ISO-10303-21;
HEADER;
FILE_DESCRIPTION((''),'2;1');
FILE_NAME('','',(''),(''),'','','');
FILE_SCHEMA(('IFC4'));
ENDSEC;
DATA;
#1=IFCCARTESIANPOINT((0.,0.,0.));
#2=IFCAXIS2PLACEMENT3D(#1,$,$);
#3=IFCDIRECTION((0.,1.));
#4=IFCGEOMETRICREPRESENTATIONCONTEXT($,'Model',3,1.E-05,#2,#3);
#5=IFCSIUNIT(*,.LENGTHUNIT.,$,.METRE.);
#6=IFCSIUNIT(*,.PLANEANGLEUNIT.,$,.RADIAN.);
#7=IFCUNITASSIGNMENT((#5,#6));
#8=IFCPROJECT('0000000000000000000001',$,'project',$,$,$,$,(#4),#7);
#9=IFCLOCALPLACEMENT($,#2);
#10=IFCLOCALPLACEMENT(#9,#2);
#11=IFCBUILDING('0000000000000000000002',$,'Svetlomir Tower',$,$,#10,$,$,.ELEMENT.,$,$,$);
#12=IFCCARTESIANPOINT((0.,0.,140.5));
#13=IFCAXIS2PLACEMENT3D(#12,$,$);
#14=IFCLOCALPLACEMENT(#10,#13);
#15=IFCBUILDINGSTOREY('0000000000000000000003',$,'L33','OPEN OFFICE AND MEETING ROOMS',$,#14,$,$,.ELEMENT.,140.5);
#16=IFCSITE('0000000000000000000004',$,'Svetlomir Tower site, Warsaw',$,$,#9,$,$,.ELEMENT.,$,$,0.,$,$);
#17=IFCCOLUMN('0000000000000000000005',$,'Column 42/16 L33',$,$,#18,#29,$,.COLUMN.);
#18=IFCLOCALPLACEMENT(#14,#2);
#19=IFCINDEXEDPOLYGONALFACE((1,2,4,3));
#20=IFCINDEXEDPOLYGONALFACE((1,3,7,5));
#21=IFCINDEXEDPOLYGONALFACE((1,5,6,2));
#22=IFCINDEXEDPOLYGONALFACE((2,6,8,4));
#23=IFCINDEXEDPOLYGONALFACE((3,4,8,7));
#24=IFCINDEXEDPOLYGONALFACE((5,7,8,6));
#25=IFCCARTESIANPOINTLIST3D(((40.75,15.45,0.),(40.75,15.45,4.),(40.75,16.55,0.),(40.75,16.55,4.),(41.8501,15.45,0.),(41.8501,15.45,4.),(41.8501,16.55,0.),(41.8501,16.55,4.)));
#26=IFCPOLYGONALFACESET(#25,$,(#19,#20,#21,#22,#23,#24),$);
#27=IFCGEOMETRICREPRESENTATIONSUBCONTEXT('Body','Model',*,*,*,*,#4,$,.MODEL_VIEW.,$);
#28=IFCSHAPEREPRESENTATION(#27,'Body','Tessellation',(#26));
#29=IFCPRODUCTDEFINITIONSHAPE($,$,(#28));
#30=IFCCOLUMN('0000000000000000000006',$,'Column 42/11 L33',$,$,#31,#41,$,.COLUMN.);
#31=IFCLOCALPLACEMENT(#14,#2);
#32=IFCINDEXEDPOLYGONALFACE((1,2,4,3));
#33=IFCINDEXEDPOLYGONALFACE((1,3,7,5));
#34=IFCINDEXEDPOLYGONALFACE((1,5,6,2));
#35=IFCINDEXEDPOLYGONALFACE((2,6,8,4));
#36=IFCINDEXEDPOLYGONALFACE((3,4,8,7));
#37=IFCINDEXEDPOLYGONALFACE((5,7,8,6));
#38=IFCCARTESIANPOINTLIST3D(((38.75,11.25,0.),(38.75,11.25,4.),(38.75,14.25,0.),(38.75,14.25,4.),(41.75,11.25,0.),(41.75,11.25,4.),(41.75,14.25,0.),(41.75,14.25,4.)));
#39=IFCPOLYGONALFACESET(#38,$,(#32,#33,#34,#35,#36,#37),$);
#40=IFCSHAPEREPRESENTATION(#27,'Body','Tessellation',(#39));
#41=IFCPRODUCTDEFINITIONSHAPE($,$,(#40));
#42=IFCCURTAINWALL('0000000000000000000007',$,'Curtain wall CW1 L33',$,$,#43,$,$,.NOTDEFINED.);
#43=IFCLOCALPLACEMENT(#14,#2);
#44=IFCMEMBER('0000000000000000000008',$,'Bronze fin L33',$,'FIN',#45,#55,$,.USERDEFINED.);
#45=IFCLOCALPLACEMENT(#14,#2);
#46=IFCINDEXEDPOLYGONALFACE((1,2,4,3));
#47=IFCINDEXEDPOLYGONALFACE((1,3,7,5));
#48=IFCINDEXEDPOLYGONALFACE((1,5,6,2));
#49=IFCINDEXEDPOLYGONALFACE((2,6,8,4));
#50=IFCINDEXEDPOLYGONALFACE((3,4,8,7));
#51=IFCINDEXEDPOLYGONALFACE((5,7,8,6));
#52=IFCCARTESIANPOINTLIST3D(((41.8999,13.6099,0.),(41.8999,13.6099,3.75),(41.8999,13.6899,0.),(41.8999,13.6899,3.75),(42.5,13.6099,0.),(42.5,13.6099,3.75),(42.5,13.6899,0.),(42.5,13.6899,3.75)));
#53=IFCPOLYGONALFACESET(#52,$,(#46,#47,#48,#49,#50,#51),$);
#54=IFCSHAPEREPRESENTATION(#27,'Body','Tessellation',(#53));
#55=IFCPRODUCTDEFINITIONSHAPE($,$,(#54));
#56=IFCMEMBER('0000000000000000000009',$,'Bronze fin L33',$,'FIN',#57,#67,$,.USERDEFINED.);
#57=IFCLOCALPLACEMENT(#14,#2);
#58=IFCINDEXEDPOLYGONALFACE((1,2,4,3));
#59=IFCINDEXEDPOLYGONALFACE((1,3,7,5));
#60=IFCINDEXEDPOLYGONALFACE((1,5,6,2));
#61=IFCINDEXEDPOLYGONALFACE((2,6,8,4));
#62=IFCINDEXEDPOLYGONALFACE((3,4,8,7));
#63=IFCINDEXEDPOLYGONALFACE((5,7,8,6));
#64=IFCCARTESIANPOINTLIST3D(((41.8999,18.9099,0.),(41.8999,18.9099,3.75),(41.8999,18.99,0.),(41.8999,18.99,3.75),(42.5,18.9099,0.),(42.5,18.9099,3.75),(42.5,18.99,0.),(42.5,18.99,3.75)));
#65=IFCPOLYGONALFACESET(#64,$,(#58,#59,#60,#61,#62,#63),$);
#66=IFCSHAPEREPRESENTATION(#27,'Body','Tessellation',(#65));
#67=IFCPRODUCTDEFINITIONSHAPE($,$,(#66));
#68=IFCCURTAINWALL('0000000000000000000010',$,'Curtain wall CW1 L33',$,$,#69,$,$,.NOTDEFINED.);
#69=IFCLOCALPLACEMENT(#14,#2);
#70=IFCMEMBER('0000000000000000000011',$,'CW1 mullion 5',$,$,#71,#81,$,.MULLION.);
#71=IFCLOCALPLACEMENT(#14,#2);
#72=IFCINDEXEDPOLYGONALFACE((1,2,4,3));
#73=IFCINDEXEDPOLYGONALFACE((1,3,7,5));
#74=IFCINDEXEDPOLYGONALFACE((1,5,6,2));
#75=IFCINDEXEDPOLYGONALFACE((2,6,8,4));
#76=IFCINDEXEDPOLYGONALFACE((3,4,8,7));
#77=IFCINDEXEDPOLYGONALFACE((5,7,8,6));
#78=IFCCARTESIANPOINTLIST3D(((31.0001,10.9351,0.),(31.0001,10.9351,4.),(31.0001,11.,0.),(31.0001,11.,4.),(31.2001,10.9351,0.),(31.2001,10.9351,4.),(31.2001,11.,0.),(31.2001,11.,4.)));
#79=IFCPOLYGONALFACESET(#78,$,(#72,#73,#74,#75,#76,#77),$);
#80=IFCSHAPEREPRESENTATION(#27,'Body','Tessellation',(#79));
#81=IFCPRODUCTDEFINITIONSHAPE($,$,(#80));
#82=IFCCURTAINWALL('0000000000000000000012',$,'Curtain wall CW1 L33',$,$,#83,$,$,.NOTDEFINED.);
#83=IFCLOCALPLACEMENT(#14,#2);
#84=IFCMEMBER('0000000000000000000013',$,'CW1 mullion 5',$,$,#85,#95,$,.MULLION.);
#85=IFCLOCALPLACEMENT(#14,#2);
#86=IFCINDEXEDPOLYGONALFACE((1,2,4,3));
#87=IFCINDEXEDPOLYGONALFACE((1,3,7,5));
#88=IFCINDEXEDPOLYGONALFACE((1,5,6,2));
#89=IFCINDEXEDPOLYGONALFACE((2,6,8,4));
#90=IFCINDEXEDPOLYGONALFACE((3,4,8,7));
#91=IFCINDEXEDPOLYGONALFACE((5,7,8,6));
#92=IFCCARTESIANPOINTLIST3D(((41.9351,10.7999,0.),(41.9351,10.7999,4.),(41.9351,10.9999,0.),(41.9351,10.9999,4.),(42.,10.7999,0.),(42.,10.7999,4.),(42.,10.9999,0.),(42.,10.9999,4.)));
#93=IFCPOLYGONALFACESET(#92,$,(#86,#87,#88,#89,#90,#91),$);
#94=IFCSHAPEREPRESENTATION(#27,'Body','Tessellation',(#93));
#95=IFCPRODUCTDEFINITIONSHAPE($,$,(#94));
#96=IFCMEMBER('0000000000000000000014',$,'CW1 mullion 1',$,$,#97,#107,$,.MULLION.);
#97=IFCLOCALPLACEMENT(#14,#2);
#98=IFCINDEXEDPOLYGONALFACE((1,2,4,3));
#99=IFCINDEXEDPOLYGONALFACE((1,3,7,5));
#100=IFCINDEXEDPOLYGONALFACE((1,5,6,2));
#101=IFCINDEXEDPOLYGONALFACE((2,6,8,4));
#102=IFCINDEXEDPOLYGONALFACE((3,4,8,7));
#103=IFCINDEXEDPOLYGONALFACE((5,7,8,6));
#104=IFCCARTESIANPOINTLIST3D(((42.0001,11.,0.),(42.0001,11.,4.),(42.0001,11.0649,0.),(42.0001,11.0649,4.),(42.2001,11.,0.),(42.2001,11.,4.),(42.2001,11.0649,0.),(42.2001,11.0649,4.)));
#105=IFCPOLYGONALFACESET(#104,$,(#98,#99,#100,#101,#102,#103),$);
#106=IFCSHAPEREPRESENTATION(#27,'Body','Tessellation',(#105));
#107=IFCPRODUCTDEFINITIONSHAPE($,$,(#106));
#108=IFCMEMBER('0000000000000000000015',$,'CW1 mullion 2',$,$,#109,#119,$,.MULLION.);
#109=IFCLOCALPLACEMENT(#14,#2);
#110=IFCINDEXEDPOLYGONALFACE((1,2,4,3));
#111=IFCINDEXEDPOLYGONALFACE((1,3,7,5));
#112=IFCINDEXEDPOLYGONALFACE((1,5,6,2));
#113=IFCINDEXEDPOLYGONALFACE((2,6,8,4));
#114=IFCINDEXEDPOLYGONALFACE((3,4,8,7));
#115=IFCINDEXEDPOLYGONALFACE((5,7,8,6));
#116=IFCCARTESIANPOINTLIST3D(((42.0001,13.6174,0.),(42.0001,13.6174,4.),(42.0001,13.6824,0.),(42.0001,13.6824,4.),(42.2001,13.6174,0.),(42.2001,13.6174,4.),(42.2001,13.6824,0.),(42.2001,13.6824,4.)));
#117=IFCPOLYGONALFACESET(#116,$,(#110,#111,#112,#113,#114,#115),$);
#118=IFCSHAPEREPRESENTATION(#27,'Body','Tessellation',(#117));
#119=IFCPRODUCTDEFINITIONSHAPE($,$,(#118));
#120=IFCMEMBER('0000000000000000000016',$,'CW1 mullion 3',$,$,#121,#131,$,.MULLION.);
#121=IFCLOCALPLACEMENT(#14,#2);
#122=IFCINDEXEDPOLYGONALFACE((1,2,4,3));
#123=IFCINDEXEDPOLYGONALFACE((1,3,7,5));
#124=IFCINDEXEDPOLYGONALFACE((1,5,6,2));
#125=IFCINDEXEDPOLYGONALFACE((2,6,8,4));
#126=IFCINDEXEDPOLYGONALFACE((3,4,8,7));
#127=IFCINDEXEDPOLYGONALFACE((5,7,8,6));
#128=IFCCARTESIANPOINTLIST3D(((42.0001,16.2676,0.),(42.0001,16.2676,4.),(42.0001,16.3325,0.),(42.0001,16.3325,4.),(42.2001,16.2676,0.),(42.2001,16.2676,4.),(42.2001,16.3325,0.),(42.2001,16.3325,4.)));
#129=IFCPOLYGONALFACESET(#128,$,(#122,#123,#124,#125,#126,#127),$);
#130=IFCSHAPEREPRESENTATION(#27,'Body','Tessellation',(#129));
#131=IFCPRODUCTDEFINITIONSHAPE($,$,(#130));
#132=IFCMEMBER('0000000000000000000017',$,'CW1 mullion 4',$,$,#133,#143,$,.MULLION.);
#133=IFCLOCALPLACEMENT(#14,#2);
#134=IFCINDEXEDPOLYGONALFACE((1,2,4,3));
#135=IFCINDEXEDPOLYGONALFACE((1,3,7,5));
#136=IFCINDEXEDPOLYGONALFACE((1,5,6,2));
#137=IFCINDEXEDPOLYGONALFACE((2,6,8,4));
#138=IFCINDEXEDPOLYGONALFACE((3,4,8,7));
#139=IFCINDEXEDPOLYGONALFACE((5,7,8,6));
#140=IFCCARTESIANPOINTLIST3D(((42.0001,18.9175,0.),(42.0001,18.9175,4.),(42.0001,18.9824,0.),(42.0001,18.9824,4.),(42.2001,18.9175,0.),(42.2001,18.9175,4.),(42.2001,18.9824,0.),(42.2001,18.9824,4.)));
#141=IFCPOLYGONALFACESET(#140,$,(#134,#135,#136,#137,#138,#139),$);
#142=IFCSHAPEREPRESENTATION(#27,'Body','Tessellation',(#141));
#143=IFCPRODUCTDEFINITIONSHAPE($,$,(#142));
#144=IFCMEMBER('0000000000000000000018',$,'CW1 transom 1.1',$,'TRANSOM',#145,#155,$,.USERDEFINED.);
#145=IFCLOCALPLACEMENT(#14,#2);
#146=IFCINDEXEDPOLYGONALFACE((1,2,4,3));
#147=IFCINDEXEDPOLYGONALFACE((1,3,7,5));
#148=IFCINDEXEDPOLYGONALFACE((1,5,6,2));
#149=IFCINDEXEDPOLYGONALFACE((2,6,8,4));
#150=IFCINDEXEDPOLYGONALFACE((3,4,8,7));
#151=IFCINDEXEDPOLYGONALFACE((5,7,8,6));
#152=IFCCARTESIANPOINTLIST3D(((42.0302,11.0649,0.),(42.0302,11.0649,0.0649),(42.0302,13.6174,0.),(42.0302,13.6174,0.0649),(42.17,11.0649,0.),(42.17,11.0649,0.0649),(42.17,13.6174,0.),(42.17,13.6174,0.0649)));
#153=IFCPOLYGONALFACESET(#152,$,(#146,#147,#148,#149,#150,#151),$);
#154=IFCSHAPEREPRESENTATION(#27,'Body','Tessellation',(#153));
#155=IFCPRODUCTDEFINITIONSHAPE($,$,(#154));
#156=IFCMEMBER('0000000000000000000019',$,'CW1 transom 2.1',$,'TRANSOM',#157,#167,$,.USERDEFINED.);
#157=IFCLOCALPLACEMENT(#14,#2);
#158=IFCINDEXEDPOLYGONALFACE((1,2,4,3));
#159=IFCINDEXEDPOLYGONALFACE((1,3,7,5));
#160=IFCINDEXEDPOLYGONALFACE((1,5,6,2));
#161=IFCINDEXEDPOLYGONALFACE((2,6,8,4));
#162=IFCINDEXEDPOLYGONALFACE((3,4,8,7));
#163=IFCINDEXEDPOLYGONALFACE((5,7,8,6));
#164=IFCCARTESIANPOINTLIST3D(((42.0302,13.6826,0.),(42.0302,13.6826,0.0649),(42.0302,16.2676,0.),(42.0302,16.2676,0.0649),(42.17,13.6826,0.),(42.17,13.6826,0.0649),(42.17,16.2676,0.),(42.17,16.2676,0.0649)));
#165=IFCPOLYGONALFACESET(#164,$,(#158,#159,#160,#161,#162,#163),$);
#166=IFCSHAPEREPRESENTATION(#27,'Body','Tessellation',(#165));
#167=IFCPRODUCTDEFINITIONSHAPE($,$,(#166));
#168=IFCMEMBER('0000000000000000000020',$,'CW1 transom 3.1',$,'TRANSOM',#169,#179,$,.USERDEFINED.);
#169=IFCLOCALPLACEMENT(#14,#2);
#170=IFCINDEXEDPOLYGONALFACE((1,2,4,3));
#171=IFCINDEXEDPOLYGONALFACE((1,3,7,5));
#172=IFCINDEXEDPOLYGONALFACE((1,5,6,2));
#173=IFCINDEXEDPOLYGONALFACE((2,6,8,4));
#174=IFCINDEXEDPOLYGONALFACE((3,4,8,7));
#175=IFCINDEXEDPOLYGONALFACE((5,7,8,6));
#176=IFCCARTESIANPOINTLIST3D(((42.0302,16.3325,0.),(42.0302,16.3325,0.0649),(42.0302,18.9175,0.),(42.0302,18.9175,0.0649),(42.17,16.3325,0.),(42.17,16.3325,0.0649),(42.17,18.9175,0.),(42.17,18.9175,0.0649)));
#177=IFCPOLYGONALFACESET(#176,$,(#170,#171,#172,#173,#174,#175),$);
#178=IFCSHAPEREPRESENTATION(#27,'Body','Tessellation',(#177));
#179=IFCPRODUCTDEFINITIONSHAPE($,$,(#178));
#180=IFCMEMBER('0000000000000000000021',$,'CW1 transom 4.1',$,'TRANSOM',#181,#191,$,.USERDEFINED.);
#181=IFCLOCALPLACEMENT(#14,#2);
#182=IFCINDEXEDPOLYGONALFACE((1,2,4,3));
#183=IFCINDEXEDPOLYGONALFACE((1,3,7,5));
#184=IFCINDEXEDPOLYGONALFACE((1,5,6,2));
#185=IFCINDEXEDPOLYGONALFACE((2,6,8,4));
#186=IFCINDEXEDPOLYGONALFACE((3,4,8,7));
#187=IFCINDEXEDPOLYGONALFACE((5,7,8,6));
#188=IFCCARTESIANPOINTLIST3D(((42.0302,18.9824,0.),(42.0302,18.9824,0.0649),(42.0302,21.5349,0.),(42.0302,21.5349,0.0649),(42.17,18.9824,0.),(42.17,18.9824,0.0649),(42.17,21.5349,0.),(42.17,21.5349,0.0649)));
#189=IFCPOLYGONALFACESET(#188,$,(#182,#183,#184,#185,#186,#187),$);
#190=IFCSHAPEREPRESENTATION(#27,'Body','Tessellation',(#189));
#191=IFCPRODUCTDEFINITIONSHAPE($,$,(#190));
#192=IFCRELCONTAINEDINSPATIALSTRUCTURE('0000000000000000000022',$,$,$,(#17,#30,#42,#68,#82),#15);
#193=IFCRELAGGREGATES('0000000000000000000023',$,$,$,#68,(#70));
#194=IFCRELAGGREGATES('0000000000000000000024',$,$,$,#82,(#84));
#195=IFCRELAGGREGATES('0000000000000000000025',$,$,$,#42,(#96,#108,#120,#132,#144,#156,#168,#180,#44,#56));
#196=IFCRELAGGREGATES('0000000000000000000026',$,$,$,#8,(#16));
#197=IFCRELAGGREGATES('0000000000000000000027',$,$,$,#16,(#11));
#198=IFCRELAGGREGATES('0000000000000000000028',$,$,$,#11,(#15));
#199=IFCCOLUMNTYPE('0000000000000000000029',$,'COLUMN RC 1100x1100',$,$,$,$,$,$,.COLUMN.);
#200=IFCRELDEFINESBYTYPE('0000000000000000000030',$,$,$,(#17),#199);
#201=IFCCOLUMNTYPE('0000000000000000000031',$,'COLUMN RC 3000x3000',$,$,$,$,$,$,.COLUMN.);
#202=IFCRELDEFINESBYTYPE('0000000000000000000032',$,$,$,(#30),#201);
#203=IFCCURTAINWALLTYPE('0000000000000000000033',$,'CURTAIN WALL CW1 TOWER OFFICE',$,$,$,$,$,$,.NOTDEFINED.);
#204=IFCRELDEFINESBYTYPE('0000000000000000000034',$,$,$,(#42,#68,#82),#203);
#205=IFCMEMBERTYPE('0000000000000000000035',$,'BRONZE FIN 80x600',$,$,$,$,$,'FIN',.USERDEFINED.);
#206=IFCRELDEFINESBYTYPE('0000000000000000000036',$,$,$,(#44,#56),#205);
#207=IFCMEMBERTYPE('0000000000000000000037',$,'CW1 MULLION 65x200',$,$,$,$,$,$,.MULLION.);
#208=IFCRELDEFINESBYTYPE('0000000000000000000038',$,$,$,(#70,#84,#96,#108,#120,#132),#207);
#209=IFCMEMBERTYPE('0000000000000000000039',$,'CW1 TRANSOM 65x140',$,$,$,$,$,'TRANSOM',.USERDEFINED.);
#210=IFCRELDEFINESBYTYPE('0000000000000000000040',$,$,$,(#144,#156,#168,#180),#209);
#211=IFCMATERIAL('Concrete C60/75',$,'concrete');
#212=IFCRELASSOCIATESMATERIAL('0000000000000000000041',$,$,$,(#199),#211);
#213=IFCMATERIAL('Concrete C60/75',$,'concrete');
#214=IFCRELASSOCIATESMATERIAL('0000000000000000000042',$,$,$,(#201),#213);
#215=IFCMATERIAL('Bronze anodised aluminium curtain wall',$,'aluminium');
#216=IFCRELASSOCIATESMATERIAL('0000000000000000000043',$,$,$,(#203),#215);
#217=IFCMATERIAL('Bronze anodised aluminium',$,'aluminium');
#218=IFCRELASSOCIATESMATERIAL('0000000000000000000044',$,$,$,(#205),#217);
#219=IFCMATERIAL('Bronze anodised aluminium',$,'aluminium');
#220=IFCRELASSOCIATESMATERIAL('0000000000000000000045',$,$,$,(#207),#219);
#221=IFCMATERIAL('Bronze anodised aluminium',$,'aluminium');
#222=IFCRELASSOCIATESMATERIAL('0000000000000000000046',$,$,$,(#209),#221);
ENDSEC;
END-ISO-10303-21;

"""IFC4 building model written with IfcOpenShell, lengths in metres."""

from ifc_helpers import new_model, si_unit, direction, frame, origin, origin_2d, place, context, subcontext, project, spatial, rectangle, extrude, material, material_profile, profile_set, type_object, element, aggregate, save


model = new_model("IFC4")

# Units and contexts
model_context = context("Model", 3, precision=1e-05, world=origin(), true_north=direction((0.0, 1.0)))
body_context = subcontext(model_context, "Body", "Model", "MODEL_VIEW")
ifc_project = project(units=[si_unit("LENGTHUNIT", "METRE"), si_unit("PLANEANGLEUNIT", "RADIAN")], contexts=[model_context])

# Site, building, storey
site_placement = place(None, origin())
site = spatial("IfcSite", under=ifc_project, at=site_placement, Name="Svetlomir Tower site, Warsaw", CompositionType="ELEMENT", RefElevation=0.0)
building_placement = place(site_placement, origin())
building = spatial("IfcBuilding", under=site, at=building_placement, Name="Svetlomir Tower", CompositionType="ELEMENT")
storey_placement = place(building_placement, frame((0.0, 0.0, 140.5)))
storey = spatial("IfcBuildingStorey", under=building, at=storey_placement, Name="L33", Description="OPEN OFFICE AND MEETING ROOMS", CompositionType="ELEMENT", Elevation=140.5)

# Columns
ifc_material_1 = material(Name="Concrete C60/75", Category="concrete")
ifc_material_profile_1 = material_profile(ifc_material_1, rectangle(XDim=1.1001, YDim=1.1001, at=origin_2d()), Name="RC 1100x1100")
ifc_profile_set_1 = profile_set([ifc_material_profile_1], Name="Concrete C60/75")
column_type_1 = type_object("IfcColumnType", Name="COLUMN RC 1100x1100", PredefinedType="COLUMN", material=ifc_profile_set_1)
column_1_placement = place(storey_placement, frame((41.3, 16.0, 0.0), z_axis=(0.0, 0.0, 1.0), x_axis=(1.0, 0.0, 0.0)))
element("IfcColumn", 1, at=column_1_placement, inside=storey, type_object=column_type_1, Name="Column 42/16 L33", PredefinedType="COLUMN", context=body_context, shape_type="SweptSolid", body=[
    extrude(rectangle(XDim=1.1001, YDim=1.1001, at=origin_2d()), origin(), (0.0, 0.0, 1.0), 4.0),
])
ifc_material_2 = material(Name="Concrete C60/75", Category="concrete")
ifc_material_profile_2 = material_profile(ifc_material_2, rectangle(XDim=3.0, YDim=3.0, at=origin_2d()), Name="RC 3000x3000")
ifc_profile_set_2 = profile_set([ifc_material_profile_2], Name="Concrete C60/75")
column_type_2 = type_object("IfcColumnType", Name="COLUMN RC 3000x3000", PredefinedType="COLUMN", material=ifc_profile_set_2)
column_2_placement = place(storey_placement, frame((40.25, 12.75, 0.0), z_axis=(0.0, 0.0, 1.0), x_axis=(1.0, 0.0, 0.0)))
element("IfcColumn", 2, at=column_2_placement, inside=storey, type_object=column_type_2, Name="Column 42/11 L33", PredefinedType="COLUMN", context=body_context, shape_type="SweptSolid", body=[
    extrude(rectangle(XDim=3.0, YDim=3.0, at=origin_2d()), origin(), (0.0, 0.0, 1.0), 4.0),
])

# Curtain wall, members
ifc_material_3 = material(Name="Bronze anodised aluminium curtain wall", Category="aluminium")
curtain_wall_type = type_object("IfcCurtainWallType", Name="CURTAIN WALL CW1 TOWER OFFICE", PredefinedType="NOTDEFINED", material=ifc_material_3)
curtain_wall_1_placement = place(storey_placement, origin())
curtain_wall_1 = element("IfcCurtainWall", 3, at=curtain_wall_1_placement, inside=storey, type_object=curtain_wall_type, Name="Curtain wall CW1 L33", PredefinedType="NOTDEFINED")
ifc_material_4 = material(Name="Bronze anodised aluminium", Category="aluminium")
ifc_material_profile_3 = material_profile(ifc_material_4, rectangle(XDim=0.0801, YDim=0.6001, at=origin_2d()), Name="FIN 80x600")
ifc_profile_set_3 = profile_set([ifc_material_profile_3], Name="Bronze anodised aluminium 6063-T6")
member_type_1 = type_object("IfcMemberType", Name="BRONZE FIN 80x600", ElementType="FIN", PredefinedType="USERDEFINED", material=ifc_profile_set_3)
member_1_placement = place(storey_placement, frame((42.2, 13.6499, 0.0), z_axis=(0.0, 0.0, 1.0), x_axis=(0.0, 1.0, 0.0)))
member_1 = element("IfcMember", 4, at=member_1_placement, type_object=member_type_1, Name="Bronze fin L33", ObjectType="FIN", PredefinedType="USERDEFINED", context=body_context, shape_type="SweptSolid", body=[
    extrude(rectangle(XDim=0.0801, YDim=0.6001, at=origin_2d()), origin(), (0.0, 0.0, 1.0), 3.75),
])
member_2_placement = place(storey_placement, frame((42.2, 18.95, 0.0), z_axis=(0.0, 0.0, 1.0), x_axis=(0.0, 1.0, 0.0)))
member_2 = element("IfcMember", 5, at=member_2_placement, type_object=member_type_1, Name="Bronze fin L33", ObjectType="FIN", PredefinedType="USERDEFINED", context=body_context, shape_type="SweptSolid", body=[
    extrude(rectangle(XDim=0.0801, YDim=0.6001, at=origin_2d()), origin(), (0.0, 0.0, 1.0), 3.75),
])

# Curtain walls, members
curtain_wall_2_placement = place(storey_placement, origin())
curtain_wall_2 = element("IfcCurtainWall", 6, at=curtain_wall_2_placement, inside=storey, type_object=curtain_wall_type, Name="Curtain wall CW1 L33", PredefinedType="NOTDEFINED")
ifc_material_5 = material(Name="Bronze anodised aluminium", Category="aluminium")
ifc_material_profile_4 = material_profile(ifc_material_5, rectangle(XDim=0.0649, YDim=0.2, at=origin_2d()), Name="AL 65x200")
ifc_profile_set_4 = profile_set([ifc_material_profile_4], Name="Bronze anodised aluminium 6063-T6")
member_type_2 = type_object("IfcMemberType", Name="CW1 MULLION 65x200", PredefinedType="MULLION", material=ifc_profile_set_4)
member_3_placement = place(storey_placement, frame((31.1001, 10.9675, 0.0), z_axis=(0.0, 0.0, 1.0), x_axis=(0.0, 1.0, 0.0)))
member_3 = element("IfcMember", 7, at=member_3_placement, type_object=member_type_2, Name="CW1 mullion 5", PredefinedType="MULLION", context=body_context, shape_type="SweptSolid", body=[
    extrude(rectangle(XDim=0.0649, YDim=0.2, at=origin_2d()), origin(), (0.0, 0.0, 1.0), 4.0),
])
aggregate(curtain_wall_2, [member_3])
curtain_wall_3_placement = place(storey_placement, origin())
curtain_wall_3 = element("IfcCurtainWall", 8, at=curtain_wall_3_placement, inside=storey, type_object=curtain_wall_type, Name="Curtain wall CW1 L33", PredefinedType="NOTDEFINED")
member_4_placement = place(storey_placement, frame((41.9675, 10.8999, 0.0), z_axis=(0.0, 0.0, 1.0), x_axis=(1.0, 0.0, 0.0)))
member_4 = element("IfcMember", 9, at=member_4_placement, type_object=member_type_2, Name="CW1 mullion 5", PredefinedType="MULLION", context=body_context, shape_type="SweptSolid", body=[
    extrude(rectangle(XDim=0.0649, YDim=0.2, at=origin_2d()), origin(), (0.0, 0.0, 1.0), 4.0),
])

# Members
member_5_placement = place(storey_placement, frame((42.1001, 11.0325, 0.0), z_axis=(0.0, 0.0, 1.0), x_axis=(0.0, 1.0, 0.0)))
member_5 = element("IfcMember", 10, at=member_5_placement, type_object=member_type_2, Name="CW1 mullion 1", PredefinedType="MULLION", context=body_context, shape_type="SweptSolid", body=[
    extrude(rectangle(XDim=0.0649, YDim=0.2, at=origin_2d()), origin(), (0.0, 0.0, 1.0), 4.0),
])
member_6_placement = place(storey_placement, frame((42.1001, 13.6499, 0.0), z_axis=(0.0, 0.0, 1.0), x_axis=(0.0, 1.0, 0.0)))
member_6 = element("IfcMember", 11, at=member_6_placement, type_object=member_type_2, Name="CW1 mullion 2", PredefinedType="MULLION", context=body_context, shape_type="SweptSolid", body=[
    extrude(rectangle(XDim=0.0649, YDim=0.2, at=origin_2d()), origin(), (0.0, 0.0, 1.0), 4.0),
])
member_7_placement = place(storey_placement, frame((42.1001, 16.3, 0.0), z_axis=(0.0, 0.0, 1.0), x_axis=(0.0, 1.0, 0.0)))
member_7 = element("IfcMember", 12, at=member_7_placement, type_object=member_type_2, Name="CW1 mullion 3", PredefinedType="MULLION", context=body_context, shape_type="SweptSolid", body=[
    extrude(rectangle(XDim=0.0649, YDim=0.2, at=origin_2d()), origin(), (0.0, 0.0, 1.0), 4.0),
])
member_8_placement = place(storey_placement, frame((42.1001, 18.95, 0.0), z_axis=(0.0, 0.0, 1.0), x_axis=(0.0, 1.0, 0.0)))
member_8 = element("IfcMember", 13, at=member_8_placement, type_object=member_type_2, Name="CW1 mullion 4", PredefinedType="MULLION", context=body_context, shape_type="SweptSolid", body=[
    extrude(rectangle(XDim=0.0649, YDim=0.2, at=origin_2d()), origin(), (0.0, 0.0, 1.0), 4.0),
])
ifc_material_6 = material(Name="Bronze anodised aluminium", Category="aluminium")
ifc_material_profile_5 = material_profile(ifc_material_6, rectangle(XDim=0.1399, YDim=0.0649, at=origin_2d()), Name="AL 140x65")
ifc_profile_set_5 = profile_set([ifc_material_profile_5], Name="Bronze anodised aluminium 6063-T6")
member_type_3 = type_object("IfcMemberType", Name="CW1 TRANSOM 65x140", ElementType="TRANSOM", PredefinedType="USERDEFINED", material=ifc_profile_set_5)
member_9_placement = place(storey_placement, frame((42.1001, 11.0649, 0.0325), z_axis=(0.0, 1.0, 0.0), x_axis=(-1.0, 0.0, 0.0)))
member_9 = element("IfcMember", 14, at=member_9_placement, type_object=member_type_3, Name="CW1 transom 1.1", ObjectType="TRANSOM", PredefinedType="USERDEFINED", context=body_context, shape_type="SweptSolid", body=[
    extrude(rectangle(XDim=0.1399, YDim=0.0649, at=origin_2d()), origin(), (0.0, 0.0, 1.0), 2.5525),
])
member_10_placement = place(storey_placement, frame((42.1001, 13.6826, 0.0325), z_axis=(0.0, 1.0, 0.0), x_axis=(-1.0, 0.0, 0.0)))
member_10 = element("IfcMember", 15, at=member_10_placement, type_object=member_type_3, Name="CW1 transom 2.1", ObjectType="TRANSOM", PredefinedType="USERDEFINED", context=body_context, shape_type="SweptSolid", body=[
    extrude(rectangle(XDim=0.1399, YDim=0.0649, at=origin_2d()), origin(), (0.0, 0.0, 1.0), 2.585),
])
member_11_placement = place(storey_placement, frame((42.1001, 16.3325, 0.0325), z_axis=(0.0, 1.0, 0.0), x_axis=(-1.0, 0.0, 0.0)))
member_11 = element("IfcMember", 16, at=member_11_placement, type_object=member_type_3, Name="CW1 transom 3.1", ObjectType="TRANSOM", PredefinedType="USERDEFINED", context=body_context, shape_type="SweptSolid", body=[
    extrude(rectangle(XDim=0.1399, YDim=0.0649, at=origin_2d()), origin(), (0.0, 0.0, 1.0), 2.585),
])
member_12_placement = place(storey_placement, frame((42.1001, 18.9824, 0.0325), z_axis=(0.0, 1.0, 0.0), x_axis=(-1.0, 0.0, 0.0)))
member_12 = element("IfcMember", 17, at=member_12_placement, type_object=member_type_3, Name="CW1 transom 4.1", ObjectType="TRANSOM", PredefinedType="USERDEFINED", context=body_context, shape_type="SweptSolid", body=[
    extrude(rectangle(XDim=0.1399, YDim=0.0649, at=origin_2d()), origin(), (0.0, 0.0, 1.0), 2.5525),
])

aggregate(curtain_wall_3, [member_4])
aggregate(curtain_wall_1, [member_5, member_6, member_7, member_8, member_9, member_10, member_11, member_12, member_1, member_2])

save(model, "model.ifc")
